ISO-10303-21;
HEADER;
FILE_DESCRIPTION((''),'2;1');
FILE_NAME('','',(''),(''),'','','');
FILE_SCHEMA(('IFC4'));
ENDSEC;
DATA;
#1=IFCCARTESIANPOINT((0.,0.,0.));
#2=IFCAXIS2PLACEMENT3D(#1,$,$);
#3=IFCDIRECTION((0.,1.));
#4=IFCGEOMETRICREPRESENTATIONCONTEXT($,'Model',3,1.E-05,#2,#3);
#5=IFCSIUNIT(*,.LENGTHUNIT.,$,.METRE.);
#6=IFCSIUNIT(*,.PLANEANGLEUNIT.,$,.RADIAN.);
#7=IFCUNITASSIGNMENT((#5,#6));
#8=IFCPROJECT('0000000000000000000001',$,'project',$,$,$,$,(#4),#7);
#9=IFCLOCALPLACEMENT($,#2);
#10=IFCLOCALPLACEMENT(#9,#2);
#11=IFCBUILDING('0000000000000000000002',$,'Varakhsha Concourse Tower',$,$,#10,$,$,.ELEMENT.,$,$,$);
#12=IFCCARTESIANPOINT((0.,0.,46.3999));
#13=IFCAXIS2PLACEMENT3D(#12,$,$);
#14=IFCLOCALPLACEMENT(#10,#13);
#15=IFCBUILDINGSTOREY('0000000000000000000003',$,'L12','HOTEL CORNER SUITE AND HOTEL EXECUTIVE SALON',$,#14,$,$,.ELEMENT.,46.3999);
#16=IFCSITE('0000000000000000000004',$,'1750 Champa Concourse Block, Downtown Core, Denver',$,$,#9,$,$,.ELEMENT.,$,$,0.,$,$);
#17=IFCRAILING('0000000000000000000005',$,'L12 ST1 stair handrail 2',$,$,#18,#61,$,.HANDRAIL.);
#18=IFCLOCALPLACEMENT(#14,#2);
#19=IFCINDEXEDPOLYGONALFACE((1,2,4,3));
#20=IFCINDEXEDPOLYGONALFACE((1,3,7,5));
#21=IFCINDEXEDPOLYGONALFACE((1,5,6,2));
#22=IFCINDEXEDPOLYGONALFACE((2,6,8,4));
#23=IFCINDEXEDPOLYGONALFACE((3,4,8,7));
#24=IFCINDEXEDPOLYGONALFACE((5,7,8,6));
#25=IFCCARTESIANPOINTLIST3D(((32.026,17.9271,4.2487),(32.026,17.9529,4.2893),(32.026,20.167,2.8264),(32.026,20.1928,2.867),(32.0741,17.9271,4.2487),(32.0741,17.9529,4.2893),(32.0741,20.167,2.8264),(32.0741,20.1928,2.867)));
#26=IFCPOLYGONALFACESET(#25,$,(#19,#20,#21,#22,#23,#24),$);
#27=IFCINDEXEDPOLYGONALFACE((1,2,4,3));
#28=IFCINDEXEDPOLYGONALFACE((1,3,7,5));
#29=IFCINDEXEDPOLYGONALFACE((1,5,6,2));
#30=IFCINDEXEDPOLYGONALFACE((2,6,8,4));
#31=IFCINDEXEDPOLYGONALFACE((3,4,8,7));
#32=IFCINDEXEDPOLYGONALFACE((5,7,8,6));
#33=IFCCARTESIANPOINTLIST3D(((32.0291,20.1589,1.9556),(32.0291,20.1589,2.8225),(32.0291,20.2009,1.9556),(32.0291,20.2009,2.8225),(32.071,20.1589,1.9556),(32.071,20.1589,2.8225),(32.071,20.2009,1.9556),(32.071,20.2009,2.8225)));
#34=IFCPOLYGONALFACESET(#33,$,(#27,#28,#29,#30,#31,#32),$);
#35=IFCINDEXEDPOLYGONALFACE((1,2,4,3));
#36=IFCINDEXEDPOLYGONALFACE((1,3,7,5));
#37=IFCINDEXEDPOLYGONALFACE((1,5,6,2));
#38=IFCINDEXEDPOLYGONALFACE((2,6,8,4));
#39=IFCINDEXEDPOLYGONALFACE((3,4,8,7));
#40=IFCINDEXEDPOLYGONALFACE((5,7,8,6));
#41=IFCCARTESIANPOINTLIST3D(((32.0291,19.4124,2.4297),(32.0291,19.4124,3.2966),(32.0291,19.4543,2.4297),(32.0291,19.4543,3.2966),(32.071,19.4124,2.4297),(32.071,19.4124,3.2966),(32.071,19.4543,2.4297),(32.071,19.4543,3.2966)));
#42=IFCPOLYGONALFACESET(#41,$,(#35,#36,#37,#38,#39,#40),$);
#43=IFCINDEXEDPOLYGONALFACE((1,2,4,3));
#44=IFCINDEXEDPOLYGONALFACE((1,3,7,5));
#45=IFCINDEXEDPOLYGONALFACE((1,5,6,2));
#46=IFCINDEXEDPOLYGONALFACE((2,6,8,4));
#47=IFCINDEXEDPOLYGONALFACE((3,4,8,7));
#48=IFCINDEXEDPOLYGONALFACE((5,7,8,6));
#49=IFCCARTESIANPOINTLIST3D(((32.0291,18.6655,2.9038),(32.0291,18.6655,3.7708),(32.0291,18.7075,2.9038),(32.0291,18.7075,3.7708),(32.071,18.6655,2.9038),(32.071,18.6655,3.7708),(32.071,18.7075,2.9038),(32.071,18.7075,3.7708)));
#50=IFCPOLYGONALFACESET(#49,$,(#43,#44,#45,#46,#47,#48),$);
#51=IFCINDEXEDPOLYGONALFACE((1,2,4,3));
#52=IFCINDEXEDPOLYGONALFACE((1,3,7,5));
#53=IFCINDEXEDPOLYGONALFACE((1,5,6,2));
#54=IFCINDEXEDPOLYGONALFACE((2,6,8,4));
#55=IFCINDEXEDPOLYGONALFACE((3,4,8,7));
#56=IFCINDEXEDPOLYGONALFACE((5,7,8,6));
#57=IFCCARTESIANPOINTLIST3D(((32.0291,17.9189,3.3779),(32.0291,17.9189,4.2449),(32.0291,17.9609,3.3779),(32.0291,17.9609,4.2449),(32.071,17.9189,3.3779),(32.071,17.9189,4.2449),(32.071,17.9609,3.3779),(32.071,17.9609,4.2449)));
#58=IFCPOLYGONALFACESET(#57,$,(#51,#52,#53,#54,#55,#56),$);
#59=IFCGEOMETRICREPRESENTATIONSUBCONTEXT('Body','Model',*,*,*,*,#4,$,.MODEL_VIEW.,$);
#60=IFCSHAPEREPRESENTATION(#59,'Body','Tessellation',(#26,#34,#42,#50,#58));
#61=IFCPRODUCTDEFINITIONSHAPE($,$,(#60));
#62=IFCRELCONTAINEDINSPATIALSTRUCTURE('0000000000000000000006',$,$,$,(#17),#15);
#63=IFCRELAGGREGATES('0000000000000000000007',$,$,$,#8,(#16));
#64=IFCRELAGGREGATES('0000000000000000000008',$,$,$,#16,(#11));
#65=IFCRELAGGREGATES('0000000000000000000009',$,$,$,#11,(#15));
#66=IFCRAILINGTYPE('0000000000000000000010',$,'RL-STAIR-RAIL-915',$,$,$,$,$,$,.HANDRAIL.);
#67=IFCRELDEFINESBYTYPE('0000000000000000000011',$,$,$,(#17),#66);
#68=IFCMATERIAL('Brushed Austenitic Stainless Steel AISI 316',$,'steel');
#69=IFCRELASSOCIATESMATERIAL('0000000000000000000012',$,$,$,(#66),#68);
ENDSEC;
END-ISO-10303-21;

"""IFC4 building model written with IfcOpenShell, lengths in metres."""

from ifc_helpers import new_model, si_unit, direction, frame, origin, origin_2d, place, context, subcontext, project, spatial, rectangle, extrude, material, type_object, element, save


model = new_model("IFC4")

# Units and contexts
model_context = context("Model", 3, precision=1e-05, world=origin(), true_north=direction((0.0, 1.0)))
body_context = subcontext(model_context, "Body", "Model", "MODEL_VIEW")
ifc_project = project(units=[si_unit("LENGTHUNIT", "METRE"), si_unit("PLANEANGLEUNIT", "RADIAN")], contexts=[model_context])

# Site, building, storey
site_placement = place(None, origin())
site = spatial("IfcSite", under=ifc_project, at=site_placement, Name="1750 Champa Concourse Block, Downtown Core, Denver", CompositionType="ELEMENT", RefElevation=0.0)
building_placement = place(site_placement, origin())
building = spatial("IfcBuilding", under=site, at=building_placement, Name="Varakhsha Concourse Tower", CompositionType="ELEMENT")
storey_placement = place(building_placement, frame((0.0, 0.0, 46.3999)))
storey = spatial("IfcBuildingStorey", under=building, at=storey_placement, Name="L12", Description="HOTEL CORNER SUITE AND HOTEL EXECUTIVE SALON", CompositionType="ELEMENT", Elevation=46.3999)

# Railing
ifc_material_1 = material(Name="Brushed Austenitic Stainless Steel AISI 316", Category="steel")
railing_type_1 = type_object("IfcRailingType", Name="RL-STAIR-RAIL-915", PredefinedType="HANDRAIL", material=ifc_material_1)
railing_1_placement = place(storey_placement, frame((32.05, 20.1799, 1.9556)))
element("IfcRailing", 1, at=railing_1_placement, inside=storey, type_object=railing_type_1, Name="L12 ST1 stair handrail 2", PredefinedType="HANDRAIL", context=body_context, shape_type="SweptSolid", body=[
    extrude(rectangle(XDim=0.0481, YDim=0.0481, at=origin_2d()), frame((0.0, 0.0, 0.8911), z_axis=(0.0, -0.844188, 0.536048), x_axis=(1.0, 0.0, 0.0)), (0.0, 0.0, 1.0), 2.6533),
    extrude(rectangle(XDim=0.042, YDim=0.042, at=origin_2d()), origin(), (0.0, 0.0, 1.0), 0.8669),
    extrude(rectangle(XDim=0.042, YDim=0.042, at=origin_2d()), frame((0.0, -0.7466, 0.4741)), (0.0, 0.0, 1.0), 0.8669),
    extrude(rectangle(XDim=0.042, YDim=0.042, at=origin_2d()), frame((0.0, -1.4934, 0.9482)), (0.0, 0.0, 1.0), 0.8669),
    extrude(rectangle(XDim=0.042, YDim=0.042, at=origin_2d()), frame((0.0, -2.24, 1.4224)), (0.0, 0.0, 1.0), 0.8669),
])

save(model, "model.ifc")
